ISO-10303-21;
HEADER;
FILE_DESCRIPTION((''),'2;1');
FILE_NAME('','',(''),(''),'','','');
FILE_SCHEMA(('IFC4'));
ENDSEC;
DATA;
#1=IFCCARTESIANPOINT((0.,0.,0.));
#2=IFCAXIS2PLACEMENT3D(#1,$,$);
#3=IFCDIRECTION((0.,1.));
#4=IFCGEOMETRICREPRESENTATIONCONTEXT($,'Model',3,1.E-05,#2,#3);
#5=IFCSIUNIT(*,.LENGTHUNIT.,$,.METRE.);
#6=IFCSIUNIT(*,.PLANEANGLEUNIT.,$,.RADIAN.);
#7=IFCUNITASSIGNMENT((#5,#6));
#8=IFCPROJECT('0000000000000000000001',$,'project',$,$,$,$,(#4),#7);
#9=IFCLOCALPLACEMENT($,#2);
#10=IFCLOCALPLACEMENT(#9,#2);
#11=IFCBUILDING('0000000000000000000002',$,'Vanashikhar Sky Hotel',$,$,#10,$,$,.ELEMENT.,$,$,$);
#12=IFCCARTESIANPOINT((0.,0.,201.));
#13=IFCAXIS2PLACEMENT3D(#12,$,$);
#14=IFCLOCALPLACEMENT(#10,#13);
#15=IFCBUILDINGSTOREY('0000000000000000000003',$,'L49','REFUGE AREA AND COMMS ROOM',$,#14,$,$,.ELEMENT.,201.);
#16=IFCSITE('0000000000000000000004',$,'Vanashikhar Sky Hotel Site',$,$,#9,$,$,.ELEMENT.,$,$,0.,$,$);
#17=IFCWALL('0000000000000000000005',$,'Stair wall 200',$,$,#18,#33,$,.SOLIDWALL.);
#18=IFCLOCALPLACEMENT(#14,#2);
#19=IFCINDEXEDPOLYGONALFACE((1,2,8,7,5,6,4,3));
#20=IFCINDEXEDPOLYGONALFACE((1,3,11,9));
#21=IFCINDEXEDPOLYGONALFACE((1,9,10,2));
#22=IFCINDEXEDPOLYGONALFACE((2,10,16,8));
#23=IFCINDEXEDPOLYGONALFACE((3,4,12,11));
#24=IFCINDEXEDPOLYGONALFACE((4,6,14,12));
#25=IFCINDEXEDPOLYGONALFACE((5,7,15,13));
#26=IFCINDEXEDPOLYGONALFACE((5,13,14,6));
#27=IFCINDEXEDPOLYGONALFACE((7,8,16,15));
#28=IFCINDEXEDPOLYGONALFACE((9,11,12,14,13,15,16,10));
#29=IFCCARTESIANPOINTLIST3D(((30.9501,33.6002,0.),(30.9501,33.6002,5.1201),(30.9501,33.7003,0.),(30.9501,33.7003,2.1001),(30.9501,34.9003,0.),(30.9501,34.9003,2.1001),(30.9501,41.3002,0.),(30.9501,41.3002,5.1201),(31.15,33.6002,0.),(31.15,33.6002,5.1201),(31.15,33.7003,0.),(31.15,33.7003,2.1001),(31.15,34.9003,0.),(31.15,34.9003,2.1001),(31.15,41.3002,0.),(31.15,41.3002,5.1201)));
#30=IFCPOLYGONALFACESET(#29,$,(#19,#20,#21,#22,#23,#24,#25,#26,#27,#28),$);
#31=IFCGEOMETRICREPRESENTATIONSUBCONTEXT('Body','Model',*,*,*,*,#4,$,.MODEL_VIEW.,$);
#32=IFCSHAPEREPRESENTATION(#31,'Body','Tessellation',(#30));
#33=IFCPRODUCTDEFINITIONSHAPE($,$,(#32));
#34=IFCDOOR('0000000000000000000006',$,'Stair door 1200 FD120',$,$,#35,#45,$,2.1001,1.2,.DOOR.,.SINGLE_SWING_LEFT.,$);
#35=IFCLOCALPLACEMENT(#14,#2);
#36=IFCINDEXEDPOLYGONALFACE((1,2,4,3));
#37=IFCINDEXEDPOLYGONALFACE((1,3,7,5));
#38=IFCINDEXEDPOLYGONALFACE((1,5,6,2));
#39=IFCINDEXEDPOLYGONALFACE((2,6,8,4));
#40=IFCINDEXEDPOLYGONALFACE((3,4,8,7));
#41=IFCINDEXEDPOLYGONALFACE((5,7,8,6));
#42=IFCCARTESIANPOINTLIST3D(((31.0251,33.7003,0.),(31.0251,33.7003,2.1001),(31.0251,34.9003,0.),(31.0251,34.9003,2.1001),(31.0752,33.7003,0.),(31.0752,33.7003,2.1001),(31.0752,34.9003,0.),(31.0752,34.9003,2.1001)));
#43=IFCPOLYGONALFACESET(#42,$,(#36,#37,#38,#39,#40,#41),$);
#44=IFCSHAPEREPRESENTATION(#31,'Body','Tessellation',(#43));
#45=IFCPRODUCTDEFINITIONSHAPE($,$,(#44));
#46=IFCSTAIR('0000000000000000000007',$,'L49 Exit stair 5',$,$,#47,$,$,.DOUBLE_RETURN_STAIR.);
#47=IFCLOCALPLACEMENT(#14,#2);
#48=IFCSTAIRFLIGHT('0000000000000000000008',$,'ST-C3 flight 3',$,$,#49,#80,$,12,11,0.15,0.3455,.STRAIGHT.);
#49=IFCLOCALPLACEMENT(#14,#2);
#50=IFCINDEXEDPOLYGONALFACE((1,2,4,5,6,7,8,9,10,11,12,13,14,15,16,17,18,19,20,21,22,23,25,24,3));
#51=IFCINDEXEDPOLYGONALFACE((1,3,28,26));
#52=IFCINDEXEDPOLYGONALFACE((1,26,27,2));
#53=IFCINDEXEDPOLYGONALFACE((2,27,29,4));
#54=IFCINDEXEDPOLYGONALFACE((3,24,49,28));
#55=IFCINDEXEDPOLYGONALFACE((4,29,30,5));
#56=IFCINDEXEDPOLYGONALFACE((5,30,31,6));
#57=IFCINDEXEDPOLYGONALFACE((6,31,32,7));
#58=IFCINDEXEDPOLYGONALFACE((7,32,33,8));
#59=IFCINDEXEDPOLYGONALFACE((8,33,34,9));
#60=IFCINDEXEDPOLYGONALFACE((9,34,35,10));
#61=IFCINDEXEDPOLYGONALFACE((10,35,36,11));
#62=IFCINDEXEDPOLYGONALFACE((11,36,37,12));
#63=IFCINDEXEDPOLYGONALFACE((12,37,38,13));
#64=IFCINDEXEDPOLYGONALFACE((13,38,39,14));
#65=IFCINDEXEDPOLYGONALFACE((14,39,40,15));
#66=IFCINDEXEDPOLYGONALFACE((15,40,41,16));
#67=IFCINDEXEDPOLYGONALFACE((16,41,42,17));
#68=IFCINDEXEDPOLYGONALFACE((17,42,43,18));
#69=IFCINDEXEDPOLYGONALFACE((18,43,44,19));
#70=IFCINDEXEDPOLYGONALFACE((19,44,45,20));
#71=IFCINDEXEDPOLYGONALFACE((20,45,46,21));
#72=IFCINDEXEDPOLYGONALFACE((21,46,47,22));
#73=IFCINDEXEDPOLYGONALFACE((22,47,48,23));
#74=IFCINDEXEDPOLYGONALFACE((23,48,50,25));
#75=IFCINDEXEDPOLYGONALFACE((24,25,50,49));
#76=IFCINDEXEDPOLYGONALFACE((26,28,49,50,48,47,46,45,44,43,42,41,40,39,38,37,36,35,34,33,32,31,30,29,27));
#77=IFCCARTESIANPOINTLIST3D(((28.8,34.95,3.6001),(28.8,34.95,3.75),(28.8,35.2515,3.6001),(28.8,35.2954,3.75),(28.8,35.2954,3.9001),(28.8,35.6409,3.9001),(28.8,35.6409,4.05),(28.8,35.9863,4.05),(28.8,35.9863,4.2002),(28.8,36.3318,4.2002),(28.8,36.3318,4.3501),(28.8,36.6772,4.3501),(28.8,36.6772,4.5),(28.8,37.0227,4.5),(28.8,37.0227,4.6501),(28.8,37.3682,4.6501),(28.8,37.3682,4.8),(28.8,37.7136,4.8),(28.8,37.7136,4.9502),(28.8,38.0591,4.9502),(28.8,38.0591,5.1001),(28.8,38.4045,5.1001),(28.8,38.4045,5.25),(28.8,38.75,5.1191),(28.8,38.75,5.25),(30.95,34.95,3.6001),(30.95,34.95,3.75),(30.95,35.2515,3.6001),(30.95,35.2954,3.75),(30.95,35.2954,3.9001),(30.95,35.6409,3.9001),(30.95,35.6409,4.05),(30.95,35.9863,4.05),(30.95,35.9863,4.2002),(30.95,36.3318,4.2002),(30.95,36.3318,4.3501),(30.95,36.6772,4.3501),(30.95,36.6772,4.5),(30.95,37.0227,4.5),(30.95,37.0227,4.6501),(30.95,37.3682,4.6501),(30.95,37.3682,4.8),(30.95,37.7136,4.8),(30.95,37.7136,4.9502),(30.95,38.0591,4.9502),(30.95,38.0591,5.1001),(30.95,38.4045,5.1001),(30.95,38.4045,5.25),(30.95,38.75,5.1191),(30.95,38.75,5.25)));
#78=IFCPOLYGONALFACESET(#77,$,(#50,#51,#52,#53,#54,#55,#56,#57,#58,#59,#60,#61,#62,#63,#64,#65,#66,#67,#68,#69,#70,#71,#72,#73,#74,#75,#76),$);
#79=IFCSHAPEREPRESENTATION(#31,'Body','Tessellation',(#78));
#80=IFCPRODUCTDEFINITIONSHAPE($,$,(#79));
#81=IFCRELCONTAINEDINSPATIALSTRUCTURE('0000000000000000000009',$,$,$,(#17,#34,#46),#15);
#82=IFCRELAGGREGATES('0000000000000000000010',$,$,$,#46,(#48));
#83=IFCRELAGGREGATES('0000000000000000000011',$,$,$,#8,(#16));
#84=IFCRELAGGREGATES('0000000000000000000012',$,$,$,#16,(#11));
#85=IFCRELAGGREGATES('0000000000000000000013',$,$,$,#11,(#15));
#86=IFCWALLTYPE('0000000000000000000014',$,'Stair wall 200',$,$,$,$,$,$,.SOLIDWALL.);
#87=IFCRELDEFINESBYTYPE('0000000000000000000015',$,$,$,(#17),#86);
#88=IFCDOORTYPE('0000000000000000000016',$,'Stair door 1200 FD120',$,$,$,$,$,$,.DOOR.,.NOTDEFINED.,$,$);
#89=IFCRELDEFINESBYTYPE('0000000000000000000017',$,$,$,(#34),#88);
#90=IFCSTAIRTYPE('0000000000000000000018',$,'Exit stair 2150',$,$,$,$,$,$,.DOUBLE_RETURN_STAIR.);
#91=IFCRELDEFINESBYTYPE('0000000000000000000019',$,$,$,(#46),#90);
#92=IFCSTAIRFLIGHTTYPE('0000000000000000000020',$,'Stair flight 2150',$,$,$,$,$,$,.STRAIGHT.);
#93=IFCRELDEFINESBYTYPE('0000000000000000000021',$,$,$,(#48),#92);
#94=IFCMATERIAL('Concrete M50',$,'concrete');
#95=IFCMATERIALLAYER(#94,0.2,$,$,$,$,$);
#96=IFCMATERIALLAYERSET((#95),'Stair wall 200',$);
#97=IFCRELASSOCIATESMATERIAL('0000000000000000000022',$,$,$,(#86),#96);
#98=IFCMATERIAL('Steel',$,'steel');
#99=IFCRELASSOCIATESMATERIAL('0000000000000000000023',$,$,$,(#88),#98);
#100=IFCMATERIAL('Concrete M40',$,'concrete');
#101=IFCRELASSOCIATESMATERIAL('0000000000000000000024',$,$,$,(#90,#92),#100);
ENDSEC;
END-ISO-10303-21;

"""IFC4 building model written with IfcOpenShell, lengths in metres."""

from ifc_helpers import new_model, si_unit, direction, frame, frame_2d, origin, place, context, subcontext, project, spatial, polyline, rectangle, outline, extrude, source, transform, mapped, material, layer, layer_set, type_object, element, fill, aggregate, save


model = new_model("IFC4")

# Units and contexts
model_context = context("Model", 3, precision=1e-05, world=origin(), true_north=direction((0.0, 1.0)))
body_context = subcontext(model_context, "Body", "Model", "MODEL_VIEW")
ifc_project = project(units=[si_unit("LENGTHUNIT", "METRE"), si_unit("PLANEANGLEUNIT", "RADIAN")], contexts=[model_context])

# Site, building, storey
site_placement = place(None, origin())
site = spatial("IfcSite", under=ifc_project, at=site_placement, Name="Vanashikhar Sky Hotel Site", CompositionType="ELEMENT", RefElevation=0.0)
building_placement = place(site_placement, origin())
building = spatial("IfcBuilding", under=site, at=building_placement, Name="Vanashikhar Sky Hotel", CompositionType="ELEMENT")
storey_placement = place(building_placement, frame((0.0, 0.0, 201.0)))
storey = spatial("IfcBuildingStorey", under=building, at=storey_placement, Name="L49", Description="REFUGE AREA AND COMMS ROOM", CompositionType="ELEMENT", Elevation=201.0)

# Shared definitions
ifc_material_1 = material(Name="Steel", Category="steel")

# Shared definitions
ifc_material_2 = material(Name="Concrete M40", Category="concrete")

# Wall, opening, door
ifc_material_3 = material(Name="Concrete M50", Category="concrete")
ifc_layer_1 = layer(ifc_material_3, 0.2)
ifc_layer_set_1 = layer_set([ifc_layer_1], Name="Stair wall 200")
wall_type_1 = type_object("IfcWallType", Name="Stair wall 200", PredefinedType="SOLIDWALL", material=ifc_layer_set_1)
shared_shape_1 = source(origin(), body_context, "Body", "SweptSolid", [
    extrude(rectangle(XDim=7.7, YDim=0.2, at=frame_2d((3.8501, 0.0))), origin(), (0.0, 0.0, 1.0), 5.1201),
])
wall_1_placement = place(storey_placement, frame((31.05, 33.6001, 0.0), z_axis=(0.0, 0.0, 1.0), x_axis=(0.0, 1.0, 0.0)))
wall_1 = element("IfcWall", 1, at=wall_1_placement, inside=storey, type_object=wall_type_1, Name="Stair wall 200", PredefinedType="SOLIDWALL", context=body_context, shape_type="MappedRepresentation", body=[
    mapped(shared_shape_1, transform((0.0, 0.0, 0.0), scale=1.0)),
])
shared_shape_2 = source(origin(), body_context, "Body", "SweptSolid", [
    extrude(rectangle(XDim=1.2, YDim=2.1001, at=frame_2d((0.6001, 1.05))), frame((0.0, 0.1099, 0.0), z_axis=(0.0, -1.0, 0.0), x_axis=(1.0, 0.0, 0.0)), (0.0, 0.0, 1.0), 0.22),
])
opening_1_placement = place(wall_1_placement, frame((0.1001, 0.0, 0.0)))
opening_1 = element("IfcOpeningElement", 2, at=opening_1_placement, cuts=wall_1, PredefinedType="OPENING", context=body_context, shape_type="MappedRepresentation", body=[
    mapped(shared_shape_2, transform((0.0, 0.0, 0.0), scale=1.0)),
])
door_type_1 = type_object("IfcDoorType", Name="Stair door 1200 FD120", OperationType="NOTDEFINED", PredefinedType="DOOR", material=ifc_material_1)
shared_shape_3 = source(origin(), body_context, "Body", "SweptSolid", [
    extrude(rectangle(XDim=1.2, YDim=2.1001, at=frame_2d((0.6001, 1.05))), frame((0.0, 0.0249, 0.0), z_axis=(0.0, -1.0, 0.0), x_axis=(1.0, 0.0, 0.0)), (0.0, 0.0, 1.0), 0.05),
])
door_1_placement = place(opening_1_placement, origin())
door_1 = element("IfcDoor", 3, at=door_1_placement, inside=storey, type_object=door_type_1, Name="Stair door 1200 FD120", OperationType="SINGLE_SWING_LEFT", OverallHeight=2.1001, OverallWidth=1.2, PredefinedType="DOOR", context=body_context, shape_type="MappedRepresentation", body=[
    mapped(shared_shape_3, transform((0.0, 0.0, 0.0), scale=1.0)),
])
fill(opening_1, door_1)

# Stair, stair flight
stair_type = type_object("IfcStairType", Name="Exit stair 2150", PredefinedType="DOUBLE_RETURN_STAIR", material=ifc_material_2)
stair_placement = place(storey_placement, origin())
stair = element("IfcStair", 4, at=stair_placement, inside=storey, type_object=stair_type, Name="L49 Exit stair 5", PredefinedType="DOUBLE_RETURN_STAIR")
stair_flight_type = type_object("IfcStairFlightType", Name="Stair flight 2150", PredefinedType="STRAIGHT", material=ifc_material_2)
shared_shape_4 = source(origin(), body_context, "Body", "SweptSolid", [
    extrude(outline(polyline([(0.0, 0.0), (0.0, 0.1499), (0.3455, 0.1499), (0.3455, 0.3), (0.6909, 0.3), (0.6909, 0.45), (1.0364, 0.45), (1.0364, 0.6001), (1.3818, 0.6001), (1.3818, 0.75), (1.7273, 0.75), (1.7273, 0.8999), (2.0728, 0.8999), (2.0728, 1.05), (2.4182, 1.05), (2.4182, 1.2), (2.7637, 1.2), (2.7637, 1.3501), (3.1091, 1.3501), (3.1091, 1.5), (3.4546, 1.5), (3.4546, 1.6499), (3.8, 1.6499), (3.8, 1.8), (3.8, 1.519), (0.3015, 0.0), (0.0, 0.0)])), frame((0.0, 1.075, 0.0), z_axis=(0.0, -1.0, 0.0), x_axis=(1.0, 0.0, 0.0)), (0.0, 0.0, 1.0), 2.1499),
])
stair_flight_placement = place(storey_placement, frame((29.875, 34.95, 3.6001), z_axis=(0.0, 0.0, 1.0), x_axis=(0.0, 1.0, 0.0)))
stair_flight = element("IfcStairFlight", 5, at=stair_flight_placement, type_object=stair_flight_type, Name="ST-C3 flight 3", NumberOfRisers=12, NumberOfTreads=11, PredefinedType="STRAIGHT", RiserHeight=0.15, TreadLength=0.3455, context=body_context, shape_type="MappedRepresentation", body=[
    mapped(shared_shape_4, transform((0.0, 0.0, 0.0), scale=1.0)),
])
aggregate(stair, [stair_flight])

save(model, "model.ifc")
